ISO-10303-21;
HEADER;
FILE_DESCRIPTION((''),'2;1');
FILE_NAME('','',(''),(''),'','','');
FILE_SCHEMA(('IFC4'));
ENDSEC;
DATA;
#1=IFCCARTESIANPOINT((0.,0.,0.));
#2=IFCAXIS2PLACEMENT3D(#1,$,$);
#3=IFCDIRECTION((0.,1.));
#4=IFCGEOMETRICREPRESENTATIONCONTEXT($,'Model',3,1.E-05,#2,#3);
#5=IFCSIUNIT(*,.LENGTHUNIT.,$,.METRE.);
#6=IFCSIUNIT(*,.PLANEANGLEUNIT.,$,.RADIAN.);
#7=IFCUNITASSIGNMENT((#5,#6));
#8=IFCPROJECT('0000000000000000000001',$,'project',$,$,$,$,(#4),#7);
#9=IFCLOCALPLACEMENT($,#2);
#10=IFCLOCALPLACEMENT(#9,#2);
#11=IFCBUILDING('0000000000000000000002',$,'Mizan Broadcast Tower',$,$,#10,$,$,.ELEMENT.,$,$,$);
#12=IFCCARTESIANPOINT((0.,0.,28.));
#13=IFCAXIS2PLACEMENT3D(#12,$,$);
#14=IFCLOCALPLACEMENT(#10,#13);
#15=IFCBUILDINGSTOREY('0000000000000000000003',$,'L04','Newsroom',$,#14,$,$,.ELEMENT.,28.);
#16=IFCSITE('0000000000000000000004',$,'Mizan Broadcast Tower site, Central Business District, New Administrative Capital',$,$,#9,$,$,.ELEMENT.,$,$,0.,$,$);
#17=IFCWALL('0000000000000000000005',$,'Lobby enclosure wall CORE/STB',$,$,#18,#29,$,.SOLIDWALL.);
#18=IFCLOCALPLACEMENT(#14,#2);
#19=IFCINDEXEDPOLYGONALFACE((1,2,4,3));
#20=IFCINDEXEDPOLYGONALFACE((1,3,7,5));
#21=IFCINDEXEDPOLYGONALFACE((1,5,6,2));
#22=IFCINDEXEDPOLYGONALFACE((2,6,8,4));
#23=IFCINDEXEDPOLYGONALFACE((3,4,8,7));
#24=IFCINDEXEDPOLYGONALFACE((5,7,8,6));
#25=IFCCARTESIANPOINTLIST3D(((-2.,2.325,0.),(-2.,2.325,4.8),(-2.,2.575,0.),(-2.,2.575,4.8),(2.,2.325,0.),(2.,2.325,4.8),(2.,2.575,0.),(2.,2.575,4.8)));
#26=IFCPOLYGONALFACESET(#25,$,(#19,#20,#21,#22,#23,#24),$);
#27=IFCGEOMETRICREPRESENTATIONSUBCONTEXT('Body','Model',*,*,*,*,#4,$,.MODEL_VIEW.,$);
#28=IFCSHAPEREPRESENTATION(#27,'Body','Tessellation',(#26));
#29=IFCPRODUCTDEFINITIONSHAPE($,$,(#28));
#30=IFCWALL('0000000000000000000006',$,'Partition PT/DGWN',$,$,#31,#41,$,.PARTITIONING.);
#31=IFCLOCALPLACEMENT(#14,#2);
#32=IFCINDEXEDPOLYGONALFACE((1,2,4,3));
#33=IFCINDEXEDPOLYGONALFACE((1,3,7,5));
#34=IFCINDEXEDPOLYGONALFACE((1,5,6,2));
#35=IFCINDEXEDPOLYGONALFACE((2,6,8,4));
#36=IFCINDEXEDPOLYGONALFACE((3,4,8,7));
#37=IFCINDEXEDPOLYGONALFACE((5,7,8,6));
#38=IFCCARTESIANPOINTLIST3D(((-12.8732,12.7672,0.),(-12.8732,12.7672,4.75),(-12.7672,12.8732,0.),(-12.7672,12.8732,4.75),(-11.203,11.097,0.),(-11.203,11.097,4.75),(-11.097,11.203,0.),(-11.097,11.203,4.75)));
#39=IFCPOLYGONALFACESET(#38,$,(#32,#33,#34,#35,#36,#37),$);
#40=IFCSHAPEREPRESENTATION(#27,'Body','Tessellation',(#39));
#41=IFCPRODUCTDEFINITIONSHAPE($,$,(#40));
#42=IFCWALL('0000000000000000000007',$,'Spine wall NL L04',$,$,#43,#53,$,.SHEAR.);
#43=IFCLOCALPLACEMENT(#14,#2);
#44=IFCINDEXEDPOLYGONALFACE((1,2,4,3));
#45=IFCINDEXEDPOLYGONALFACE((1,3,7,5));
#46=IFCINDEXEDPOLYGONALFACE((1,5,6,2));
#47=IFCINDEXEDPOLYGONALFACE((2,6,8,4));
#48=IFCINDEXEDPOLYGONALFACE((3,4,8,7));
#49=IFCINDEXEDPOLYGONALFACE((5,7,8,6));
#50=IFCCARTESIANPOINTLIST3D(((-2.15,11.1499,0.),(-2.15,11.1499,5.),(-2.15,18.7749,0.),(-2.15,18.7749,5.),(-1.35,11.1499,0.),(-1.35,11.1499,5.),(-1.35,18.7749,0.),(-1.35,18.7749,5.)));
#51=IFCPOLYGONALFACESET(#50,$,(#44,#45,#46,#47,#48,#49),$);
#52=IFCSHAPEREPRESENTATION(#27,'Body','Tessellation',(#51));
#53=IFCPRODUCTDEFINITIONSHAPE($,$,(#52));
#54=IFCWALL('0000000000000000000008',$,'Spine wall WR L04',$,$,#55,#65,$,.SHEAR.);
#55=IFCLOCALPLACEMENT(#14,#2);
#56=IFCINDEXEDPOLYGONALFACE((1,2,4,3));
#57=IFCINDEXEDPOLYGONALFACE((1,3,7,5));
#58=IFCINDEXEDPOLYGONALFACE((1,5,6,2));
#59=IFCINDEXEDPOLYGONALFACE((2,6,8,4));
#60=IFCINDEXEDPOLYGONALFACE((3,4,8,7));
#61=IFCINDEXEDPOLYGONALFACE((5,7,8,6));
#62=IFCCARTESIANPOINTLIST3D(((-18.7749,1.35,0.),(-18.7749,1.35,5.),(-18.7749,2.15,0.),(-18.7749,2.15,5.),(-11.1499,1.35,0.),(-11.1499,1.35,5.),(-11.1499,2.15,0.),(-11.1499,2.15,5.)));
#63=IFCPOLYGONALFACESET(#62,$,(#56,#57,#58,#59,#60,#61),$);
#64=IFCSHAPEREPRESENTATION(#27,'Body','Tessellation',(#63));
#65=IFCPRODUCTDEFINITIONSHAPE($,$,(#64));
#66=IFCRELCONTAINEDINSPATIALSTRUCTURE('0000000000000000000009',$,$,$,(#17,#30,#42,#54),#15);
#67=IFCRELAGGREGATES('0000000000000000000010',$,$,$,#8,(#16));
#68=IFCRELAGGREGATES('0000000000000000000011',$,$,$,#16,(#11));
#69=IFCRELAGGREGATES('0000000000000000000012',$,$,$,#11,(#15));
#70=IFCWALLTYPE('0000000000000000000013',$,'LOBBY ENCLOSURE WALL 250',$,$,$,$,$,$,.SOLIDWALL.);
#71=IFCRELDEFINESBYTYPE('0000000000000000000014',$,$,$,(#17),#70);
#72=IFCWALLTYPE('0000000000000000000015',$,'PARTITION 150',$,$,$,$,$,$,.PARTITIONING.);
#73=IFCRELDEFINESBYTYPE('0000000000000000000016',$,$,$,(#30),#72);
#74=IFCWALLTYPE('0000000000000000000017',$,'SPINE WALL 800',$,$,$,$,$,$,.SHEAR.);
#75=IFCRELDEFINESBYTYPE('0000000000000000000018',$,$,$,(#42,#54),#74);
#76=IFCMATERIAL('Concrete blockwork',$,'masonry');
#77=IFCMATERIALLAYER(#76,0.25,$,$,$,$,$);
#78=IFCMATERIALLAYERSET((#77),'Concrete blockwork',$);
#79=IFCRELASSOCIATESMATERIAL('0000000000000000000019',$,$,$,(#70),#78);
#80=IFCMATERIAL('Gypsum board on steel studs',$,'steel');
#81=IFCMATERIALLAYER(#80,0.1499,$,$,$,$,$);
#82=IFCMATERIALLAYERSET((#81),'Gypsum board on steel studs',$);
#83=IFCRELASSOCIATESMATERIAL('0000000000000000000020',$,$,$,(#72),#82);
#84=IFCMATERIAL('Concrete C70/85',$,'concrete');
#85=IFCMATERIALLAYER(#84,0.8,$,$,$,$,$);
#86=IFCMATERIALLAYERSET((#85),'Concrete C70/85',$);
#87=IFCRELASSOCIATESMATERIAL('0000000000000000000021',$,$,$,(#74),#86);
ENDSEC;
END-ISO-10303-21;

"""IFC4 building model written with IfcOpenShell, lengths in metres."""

from ifc_helpers import new_model, si_unit, direction, frame, frame_2d, origin, place, context, subcontext, project, spatial, rectangle, extrude, material, layer, layer_set, type_object, element, save


model = new_model("IFC4")

# Units and contexts
model_context = context("Model", 3, precision=1e-05, world=origin(), true_north=direction((0.0, 1.0)))
body_context = subcontext(model_context, "Body", "Model", "MODEL_VIEW")
ifc_project = project(units=[si_unit("LENGTHUNIT", "METRE"), si_unit("PLANEANGLEUNIT", "RADIAN")], contexts=[model_context])

# Site, building, storey
site_placement = place(None, origin())
site = spatial("IfcSite", under=ifc_project, at=site_placement, Name="Mizan Broadcast Tower site, Central Business District, New Administrative Capital", CompositionType="ELEMENT", RefElevation=0.0)
building_placement = place(site_placement, origin())
building = spatial("IfcBuilding", under=site, at=building_placement, Name="Mizan Broadcast Tower", CompositionType="ELEMENT")
storey_placement = place(building_placement, frame((0.0, 0.0, 28.0)))
storey = spatial("IfcBuildingStorey", under=building, at=storey_placement, Name="L04", Description="Newsroom", CompositionType="ELEMENT", Elevation=28.0)

# Shared definitions
ifc_material_1 = material(Name="Concrete blockwork", Category="masonry")
ifc_layer_1 = layer(ifc_material_1, 0.25)
ifc_layer_set_1 = layer_set([ifc_layer_1], Name="Concrete blockwork")
wall_type_1 = type_object("IfcWallType", Name="LOBBY ENCLOSURE WALL 250", PredefinedType="SOLIDWALL", material=ifc_layer_set_1)

# Walls
wall_1_placement = place(storey_placement, frame((-2.0, 2.45, 0.0), z_axis=(0.0, 0.0, 1.0), x_axis=(1.0, 0.0, 0.0)))
element("IfcWall", 1, at=wall_1_placement, inside=storey, type_object=wall_type_1, Name="Lobby enclosure wall CORE/STB", PredefinedType="SOLIDWALL", context=body_context, shape_type="SweptSolid", body=[
    extrude(rectangle(XDim=4.0, YDim=0.25, at=frame_2d((2.0, 0.0))), origin(), (0.0, 0.0, 1.0), 4.8),
])
ifc_material_2 = material(Name="Gypsum board on steel studs", Category="steel")
ifc_layer_2 = layer(ifc_material_2, 0.1499)
ifc_layer_set_2 = layer_set([ifc_layer_2], Name="Gypsum board on steel studs")
wall_type_2 = type_object("IfcWallType", Name="PARTITION 150", PredefinedType="PARTITIONING", material=ifc_layer_set_2)
wall_2_placement = place(storey_placement, frame((-11.1499, 11.1499, 0.0), z_axis=(0.0, 0.0, 1.0), x_axis=(-0.707107, 0.707107, 0.0)))
element("IfcWall", 2, at=wall_2_placement, inside=storey, type_object=wall_type_2, Name="Partition PT/DGWN", PredefinedType="PARTITIONING", context=body_context, shape_type="SweptSolid", body=[
    extrude(rectangle(XDim=2.3621, YDim=0.1499, at=frame_2d((1.1812, 0.0))), origin(), (0.0, 0.0, 1.0), 4.75),
])
ifc_material_3 = material(Name="Concrete C70/85", Category="concrete")
ifc_layer_3 = layer(ifc_material_3, 0.8)
ifc_layer_set_3 = layer_set([ifc_layer_3], Name="Concrete C70/85")
wall_type_3 = type_object("IfcWallType", Name="SPINE WALL 800", PredefinedType="SHEAR", material=ifc_layer_set_3)
for number, where, z_axis, x_axis, name in (
    (3, (-1.75, 11.1499, 0.0), (0.0, 0.0, 1.0), (0.0, 1.0, 0.0), "Spine wall NL L04"),
    (4, (-11.1499, 1.75, 0.0), (0.0, 0.0, 1.0), (-1.0, 0.0, 0.0), "Spine wall WR L04"),
):
    element("IfcWall", number, at=place(storey_placement, frame(where, z_axis=z_axis, x_axis=x_axis)), inside=storey, type_object=wall_type_3, Name=name, PredefinedType="SHEAR", context=body_context, shape_type="SweptSolid", body=[
        extrude(rectangle(XDim=7.625, YDim=0.8, at=frame_2d((3.8125, 0.0))), origin(), (0.0, 0.0, 1.0), 5.0),
    ])

save(model, "model.ifc")
